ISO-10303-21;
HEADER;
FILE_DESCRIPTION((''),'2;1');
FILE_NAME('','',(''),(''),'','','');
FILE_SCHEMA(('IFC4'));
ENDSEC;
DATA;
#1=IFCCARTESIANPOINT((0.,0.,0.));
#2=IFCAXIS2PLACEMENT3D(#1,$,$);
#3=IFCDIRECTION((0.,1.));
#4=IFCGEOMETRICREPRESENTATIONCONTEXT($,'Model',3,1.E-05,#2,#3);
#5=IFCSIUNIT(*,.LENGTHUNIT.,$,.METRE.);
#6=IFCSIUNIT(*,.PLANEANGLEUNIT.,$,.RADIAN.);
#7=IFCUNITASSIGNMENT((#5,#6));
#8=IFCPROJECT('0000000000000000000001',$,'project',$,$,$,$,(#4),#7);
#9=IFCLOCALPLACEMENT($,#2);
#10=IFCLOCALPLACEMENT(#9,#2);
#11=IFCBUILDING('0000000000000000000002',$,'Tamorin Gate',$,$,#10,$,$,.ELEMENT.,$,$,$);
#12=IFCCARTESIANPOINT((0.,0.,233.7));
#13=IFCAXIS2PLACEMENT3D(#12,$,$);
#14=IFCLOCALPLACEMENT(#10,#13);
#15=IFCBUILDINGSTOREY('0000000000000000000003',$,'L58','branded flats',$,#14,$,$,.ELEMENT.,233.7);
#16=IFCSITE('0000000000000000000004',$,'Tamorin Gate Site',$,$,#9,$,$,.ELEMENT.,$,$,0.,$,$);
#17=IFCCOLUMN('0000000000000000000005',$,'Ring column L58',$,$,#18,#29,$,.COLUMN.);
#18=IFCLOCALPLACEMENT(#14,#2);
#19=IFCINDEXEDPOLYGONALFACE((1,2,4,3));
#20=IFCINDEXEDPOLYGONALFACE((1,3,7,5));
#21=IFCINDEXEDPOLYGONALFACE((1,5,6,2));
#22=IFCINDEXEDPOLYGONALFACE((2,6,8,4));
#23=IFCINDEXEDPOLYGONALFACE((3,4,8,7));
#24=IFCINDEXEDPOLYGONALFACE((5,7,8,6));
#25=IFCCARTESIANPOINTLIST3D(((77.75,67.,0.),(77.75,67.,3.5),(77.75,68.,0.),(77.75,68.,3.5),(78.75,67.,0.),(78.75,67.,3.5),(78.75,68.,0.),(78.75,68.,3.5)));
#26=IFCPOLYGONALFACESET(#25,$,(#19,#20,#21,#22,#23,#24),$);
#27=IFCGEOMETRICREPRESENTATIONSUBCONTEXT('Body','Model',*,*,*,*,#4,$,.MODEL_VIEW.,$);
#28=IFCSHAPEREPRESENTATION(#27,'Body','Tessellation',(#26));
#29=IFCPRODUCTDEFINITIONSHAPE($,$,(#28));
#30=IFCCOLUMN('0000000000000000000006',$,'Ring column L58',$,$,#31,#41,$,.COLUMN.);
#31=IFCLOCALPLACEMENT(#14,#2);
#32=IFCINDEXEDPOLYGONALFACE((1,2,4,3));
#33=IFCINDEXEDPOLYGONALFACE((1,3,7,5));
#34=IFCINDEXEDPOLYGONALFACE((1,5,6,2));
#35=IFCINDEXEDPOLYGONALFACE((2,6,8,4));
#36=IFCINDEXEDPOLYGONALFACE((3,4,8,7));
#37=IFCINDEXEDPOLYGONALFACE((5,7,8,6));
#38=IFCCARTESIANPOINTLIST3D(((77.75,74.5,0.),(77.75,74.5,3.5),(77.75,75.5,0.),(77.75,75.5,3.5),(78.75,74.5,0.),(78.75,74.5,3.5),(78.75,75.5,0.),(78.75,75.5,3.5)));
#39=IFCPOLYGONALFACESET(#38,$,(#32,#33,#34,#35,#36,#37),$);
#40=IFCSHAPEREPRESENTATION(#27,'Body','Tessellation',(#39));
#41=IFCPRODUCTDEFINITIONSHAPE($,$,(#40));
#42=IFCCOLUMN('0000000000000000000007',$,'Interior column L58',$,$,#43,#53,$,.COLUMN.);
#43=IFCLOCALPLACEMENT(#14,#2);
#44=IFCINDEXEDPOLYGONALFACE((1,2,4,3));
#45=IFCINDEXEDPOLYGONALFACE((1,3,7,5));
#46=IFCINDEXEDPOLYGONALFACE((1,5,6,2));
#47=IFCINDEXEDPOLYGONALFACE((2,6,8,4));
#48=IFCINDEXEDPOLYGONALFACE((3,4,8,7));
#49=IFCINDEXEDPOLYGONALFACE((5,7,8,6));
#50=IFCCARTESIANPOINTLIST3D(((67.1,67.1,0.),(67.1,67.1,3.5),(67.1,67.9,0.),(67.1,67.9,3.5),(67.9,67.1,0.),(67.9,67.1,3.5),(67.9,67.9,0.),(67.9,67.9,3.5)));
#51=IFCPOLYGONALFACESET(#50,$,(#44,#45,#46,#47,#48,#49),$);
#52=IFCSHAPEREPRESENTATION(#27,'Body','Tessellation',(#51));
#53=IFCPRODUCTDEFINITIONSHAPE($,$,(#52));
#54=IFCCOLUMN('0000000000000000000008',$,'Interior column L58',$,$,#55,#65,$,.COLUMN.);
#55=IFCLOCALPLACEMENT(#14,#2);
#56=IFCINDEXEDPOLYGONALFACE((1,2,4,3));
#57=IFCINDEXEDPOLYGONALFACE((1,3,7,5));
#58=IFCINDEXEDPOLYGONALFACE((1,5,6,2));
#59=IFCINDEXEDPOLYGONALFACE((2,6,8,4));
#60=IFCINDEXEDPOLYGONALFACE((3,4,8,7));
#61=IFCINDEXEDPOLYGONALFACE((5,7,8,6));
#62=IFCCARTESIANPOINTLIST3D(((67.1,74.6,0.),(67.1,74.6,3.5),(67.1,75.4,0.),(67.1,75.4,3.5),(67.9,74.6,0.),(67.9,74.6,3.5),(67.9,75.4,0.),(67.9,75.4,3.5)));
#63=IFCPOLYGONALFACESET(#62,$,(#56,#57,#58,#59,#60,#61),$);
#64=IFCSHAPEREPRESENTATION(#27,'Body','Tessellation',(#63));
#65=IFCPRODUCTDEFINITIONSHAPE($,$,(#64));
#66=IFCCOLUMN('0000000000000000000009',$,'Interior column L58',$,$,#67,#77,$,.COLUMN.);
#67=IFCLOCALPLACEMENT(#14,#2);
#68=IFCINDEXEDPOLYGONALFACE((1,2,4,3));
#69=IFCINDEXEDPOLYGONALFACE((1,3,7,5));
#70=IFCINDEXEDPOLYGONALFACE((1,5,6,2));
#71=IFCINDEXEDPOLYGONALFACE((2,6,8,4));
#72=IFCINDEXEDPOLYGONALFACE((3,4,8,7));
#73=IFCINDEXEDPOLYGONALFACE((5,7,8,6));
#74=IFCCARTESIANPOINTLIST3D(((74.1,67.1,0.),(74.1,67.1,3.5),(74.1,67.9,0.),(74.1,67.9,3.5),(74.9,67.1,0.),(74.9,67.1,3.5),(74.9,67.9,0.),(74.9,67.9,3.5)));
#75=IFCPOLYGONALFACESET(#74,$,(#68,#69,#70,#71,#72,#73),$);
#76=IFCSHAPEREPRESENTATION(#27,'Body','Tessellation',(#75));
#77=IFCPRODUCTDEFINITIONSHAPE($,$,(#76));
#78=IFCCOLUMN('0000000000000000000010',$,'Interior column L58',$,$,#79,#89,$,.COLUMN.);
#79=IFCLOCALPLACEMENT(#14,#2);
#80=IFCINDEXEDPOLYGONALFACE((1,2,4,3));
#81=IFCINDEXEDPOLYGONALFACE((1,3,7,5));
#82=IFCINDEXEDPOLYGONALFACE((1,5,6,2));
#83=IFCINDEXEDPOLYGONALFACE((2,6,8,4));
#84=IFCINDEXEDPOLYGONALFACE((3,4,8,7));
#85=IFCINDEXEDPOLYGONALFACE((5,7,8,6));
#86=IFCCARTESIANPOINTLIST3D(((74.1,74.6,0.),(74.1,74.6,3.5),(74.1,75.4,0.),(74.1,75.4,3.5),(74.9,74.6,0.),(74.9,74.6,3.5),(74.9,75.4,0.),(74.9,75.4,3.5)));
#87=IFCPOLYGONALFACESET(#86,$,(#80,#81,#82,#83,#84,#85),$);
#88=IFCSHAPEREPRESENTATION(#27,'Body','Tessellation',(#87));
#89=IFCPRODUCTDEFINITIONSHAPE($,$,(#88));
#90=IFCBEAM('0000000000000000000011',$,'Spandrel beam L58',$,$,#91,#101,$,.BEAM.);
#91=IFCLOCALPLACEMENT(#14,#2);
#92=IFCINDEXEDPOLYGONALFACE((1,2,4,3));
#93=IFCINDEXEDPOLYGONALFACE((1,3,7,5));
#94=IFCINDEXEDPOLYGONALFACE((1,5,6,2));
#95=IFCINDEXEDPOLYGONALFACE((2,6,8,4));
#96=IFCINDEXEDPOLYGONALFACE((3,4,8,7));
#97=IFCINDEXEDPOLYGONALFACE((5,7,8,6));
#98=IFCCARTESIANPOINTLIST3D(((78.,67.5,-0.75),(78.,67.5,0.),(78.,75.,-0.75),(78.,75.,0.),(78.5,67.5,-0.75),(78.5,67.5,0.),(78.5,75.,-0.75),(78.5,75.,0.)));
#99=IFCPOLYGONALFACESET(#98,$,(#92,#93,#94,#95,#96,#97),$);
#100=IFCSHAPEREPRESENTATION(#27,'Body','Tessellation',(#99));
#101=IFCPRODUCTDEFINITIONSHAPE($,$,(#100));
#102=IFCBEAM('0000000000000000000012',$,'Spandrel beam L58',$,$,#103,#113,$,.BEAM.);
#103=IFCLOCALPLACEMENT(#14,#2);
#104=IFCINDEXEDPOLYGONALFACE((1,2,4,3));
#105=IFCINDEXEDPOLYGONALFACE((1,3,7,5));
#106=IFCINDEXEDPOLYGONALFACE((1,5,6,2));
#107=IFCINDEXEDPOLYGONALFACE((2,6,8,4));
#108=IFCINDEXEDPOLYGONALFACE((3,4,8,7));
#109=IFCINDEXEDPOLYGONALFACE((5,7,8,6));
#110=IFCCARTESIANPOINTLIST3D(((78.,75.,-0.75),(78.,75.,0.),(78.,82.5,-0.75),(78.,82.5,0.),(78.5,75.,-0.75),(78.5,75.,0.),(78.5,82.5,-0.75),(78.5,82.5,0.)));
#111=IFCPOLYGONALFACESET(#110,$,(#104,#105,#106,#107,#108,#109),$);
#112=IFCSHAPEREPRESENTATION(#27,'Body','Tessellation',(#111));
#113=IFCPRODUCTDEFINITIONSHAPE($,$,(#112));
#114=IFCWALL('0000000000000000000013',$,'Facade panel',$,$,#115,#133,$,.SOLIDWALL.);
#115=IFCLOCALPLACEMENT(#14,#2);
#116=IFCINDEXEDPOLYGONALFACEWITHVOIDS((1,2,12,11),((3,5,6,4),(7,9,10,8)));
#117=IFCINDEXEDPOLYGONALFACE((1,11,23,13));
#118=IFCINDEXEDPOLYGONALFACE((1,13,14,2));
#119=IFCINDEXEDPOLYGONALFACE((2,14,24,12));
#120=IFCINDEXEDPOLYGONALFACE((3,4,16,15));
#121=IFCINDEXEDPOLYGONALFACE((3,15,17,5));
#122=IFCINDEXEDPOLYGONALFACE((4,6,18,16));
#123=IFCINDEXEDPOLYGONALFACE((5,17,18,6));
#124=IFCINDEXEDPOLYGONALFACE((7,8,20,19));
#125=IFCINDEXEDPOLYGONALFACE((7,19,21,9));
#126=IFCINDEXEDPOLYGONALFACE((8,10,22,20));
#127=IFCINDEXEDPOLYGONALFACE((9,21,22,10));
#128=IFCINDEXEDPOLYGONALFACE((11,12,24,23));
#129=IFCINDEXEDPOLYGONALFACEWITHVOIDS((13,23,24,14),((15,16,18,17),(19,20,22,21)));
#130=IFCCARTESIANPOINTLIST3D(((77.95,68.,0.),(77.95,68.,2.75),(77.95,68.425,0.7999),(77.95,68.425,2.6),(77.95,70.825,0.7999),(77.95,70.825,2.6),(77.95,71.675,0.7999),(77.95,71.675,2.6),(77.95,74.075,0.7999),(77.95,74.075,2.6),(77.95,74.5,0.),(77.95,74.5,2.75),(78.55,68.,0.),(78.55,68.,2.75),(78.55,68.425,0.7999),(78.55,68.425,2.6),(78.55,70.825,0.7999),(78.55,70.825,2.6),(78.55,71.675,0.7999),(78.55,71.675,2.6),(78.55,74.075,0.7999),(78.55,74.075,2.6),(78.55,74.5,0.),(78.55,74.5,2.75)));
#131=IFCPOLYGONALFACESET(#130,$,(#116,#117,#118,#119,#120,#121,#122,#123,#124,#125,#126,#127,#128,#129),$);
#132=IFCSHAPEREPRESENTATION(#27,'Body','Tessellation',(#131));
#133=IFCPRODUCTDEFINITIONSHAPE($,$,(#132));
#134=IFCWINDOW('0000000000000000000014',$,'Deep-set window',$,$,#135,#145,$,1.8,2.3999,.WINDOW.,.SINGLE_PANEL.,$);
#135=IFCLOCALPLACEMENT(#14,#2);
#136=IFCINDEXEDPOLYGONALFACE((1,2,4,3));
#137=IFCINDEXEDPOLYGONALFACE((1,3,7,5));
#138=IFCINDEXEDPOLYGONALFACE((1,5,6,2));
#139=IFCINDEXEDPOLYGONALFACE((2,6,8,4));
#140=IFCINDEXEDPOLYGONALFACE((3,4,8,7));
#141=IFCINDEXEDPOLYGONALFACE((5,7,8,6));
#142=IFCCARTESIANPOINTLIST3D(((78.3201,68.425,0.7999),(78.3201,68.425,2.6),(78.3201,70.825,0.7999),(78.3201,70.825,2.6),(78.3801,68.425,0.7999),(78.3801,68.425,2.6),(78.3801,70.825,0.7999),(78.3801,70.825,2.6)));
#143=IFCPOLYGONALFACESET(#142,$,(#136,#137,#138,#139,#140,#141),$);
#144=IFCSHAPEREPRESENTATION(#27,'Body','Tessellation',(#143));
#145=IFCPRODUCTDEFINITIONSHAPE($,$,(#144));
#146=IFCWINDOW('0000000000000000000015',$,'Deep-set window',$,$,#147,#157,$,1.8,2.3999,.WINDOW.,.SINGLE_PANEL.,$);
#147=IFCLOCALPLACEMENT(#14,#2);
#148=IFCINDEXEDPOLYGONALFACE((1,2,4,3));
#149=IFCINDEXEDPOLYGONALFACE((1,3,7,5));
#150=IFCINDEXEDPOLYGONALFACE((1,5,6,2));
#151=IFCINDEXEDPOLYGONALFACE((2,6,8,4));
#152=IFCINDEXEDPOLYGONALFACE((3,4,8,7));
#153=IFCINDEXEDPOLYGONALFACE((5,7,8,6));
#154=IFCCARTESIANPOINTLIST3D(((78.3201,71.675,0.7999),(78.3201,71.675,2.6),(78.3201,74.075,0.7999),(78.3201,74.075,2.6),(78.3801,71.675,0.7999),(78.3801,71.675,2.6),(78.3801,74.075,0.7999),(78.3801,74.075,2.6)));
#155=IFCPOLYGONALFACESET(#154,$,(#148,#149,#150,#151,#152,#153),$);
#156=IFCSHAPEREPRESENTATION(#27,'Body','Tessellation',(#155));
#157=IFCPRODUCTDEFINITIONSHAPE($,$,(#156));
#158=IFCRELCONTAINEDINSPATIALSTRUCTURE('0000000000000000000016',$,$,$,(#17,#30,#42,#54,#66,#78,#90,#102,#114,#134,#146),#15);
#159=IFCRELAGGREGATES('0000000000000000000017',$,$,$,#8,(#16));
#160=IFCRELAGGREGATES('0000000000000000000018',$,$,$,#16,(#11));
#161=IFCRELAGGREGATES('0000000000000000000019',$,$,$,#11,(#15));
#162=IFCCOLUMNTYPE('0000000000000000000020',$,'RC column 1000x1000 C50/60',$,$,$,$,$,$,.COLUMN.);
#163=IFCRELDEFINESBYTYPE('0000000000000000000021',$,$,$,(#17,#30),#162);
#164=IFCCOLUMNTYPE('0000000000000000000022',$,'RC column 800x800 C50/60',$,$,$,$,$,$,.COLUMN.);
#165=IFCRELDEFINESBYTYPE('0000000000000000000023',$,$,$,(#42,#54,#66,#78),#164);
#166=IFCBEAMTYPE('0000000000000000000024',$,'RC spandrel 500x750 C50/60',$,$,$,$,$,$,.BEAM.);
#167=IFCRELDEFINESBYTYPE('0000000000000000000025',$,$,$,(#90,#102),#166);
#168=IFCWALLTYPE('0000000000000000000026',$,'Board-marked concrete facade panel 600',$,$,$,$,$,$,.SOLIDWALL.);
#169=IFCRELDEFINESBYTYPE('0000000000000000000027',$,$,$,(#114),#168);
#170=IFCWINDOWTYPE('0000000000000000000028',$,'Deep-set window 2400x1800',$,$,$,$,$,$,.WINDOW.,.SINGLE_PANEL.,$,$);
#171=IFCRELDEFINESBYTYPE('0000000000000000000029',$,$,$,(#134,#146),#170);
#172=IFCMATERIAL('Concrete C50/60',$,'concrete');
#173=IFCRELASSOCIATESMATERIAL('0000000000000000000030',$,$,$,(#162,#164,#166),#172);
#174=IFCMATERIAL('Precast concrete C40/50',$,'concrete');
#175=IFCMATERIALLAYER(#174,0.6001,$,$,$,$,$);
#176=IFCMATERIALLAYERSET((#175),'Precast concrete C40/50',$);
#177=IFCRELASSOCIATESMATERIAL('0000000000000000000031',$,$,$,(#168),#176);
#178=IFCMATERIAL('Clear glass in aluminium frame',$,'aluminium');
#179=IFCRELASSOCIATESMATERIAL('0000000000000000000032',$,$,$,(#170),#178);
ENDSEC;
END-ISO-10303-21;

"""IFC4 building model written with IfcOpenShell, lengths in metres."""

from ifc_helpers import new_model, si_unit, direction, frame, frame_2d, origin, origin_2d, place, context, subcontext, project, spatial, rectangle, extrude, material, layer, layer_set, material_profile, profile_set, type_object, element, fill, save


model = new_model("IFC4")

# Units and contexts
model_context = context("Model", 3, precision=1e-05, world=origin(), true_north=direction((0.0, 1.0)))
body_context = subcontext(model_context, "Body", "Model", "MODEL_VIEW")
ifc_project = project(units=[si_unit("LENGTHUNIT", "METRE"), si_unit("PLANEANGLEUNIT", "RADIAN")], contexts=[model_context])

# Site, building, storey
site_placement = place(None, origin())
site = spatial("IfcSite", under=ifc_project, at=site_placement, Name="Tamorin Gate Site", CompositionType="ELEMENT", RefElevation=0.0)
building_placement = place(site_placement, origin())
building = spatial("IfcBuilding", under=site, at=building_placement, Name="Tamorin Gate", CompositionType="ELEMENT")
storey_placement = place(building_placement, frame((0.0, 0.0, 233.7)))
storey = spatial("IfcBuildingStorey", under=building, at=storey_placement, Name="L58", Description="branded flats", CompositionType="ELEMENT", Elevation=233.7)

# Columns
ifc_material_1 = material(Name="Concrete C50/60", Category="concrete")
ifc_material_profile_1 = material_profile(ifc_material_1, rectangle(XDim=1.0, YDim=1.0, at=origin_2d()), Name="RC 1000x1000")
ifc_profile_set_1 = profile_set([ifc_material_profile_1], Name="Concrete C50/60")
column_type_1 = type_object("IfcColumnType", Name="RC column 1000x1000 C50/60", PredefinedType="COLUMN", material=ifc_profile_set_1)
for number, where, z_axis, x_axis, name in (
    (1, (78.25, 67.5, 0.0), (0.0, 0.0, 1.0), (1.0, 0.0, 0.0), "Ring column L58"),
    (2, (78.25, 75.0, 0.0), (0.0, 0.0, 1.0), (1.0, 0.0, 0.0), "Ring column L58"),
):
    element("IfcColumn", number, at=place(storey_placement, frame(where, z_axis=z_axis, x_axis=x_axis)), inside=storey, type_object=column_type_1, Name=name, PredefinedType="COLUMN", context=body_context, shape_type="SweptSolid", body=[
        extrude(rectangle(XDim=1.0, YDim=1.0, at=origin_2d()), origin(), (0.0, 0.0, 1.0), 3.5),
    ])
ifc_material_profile_2 = material_profile(ifc_material_1, rectangle(XDim=0.8, YDim=0.8, at=origin_2d()), Name="RC 800x800")
ifc_profile_set_2 = profile_set([ifc_material_profile_2], Name="Concrete C50/60")
column_type_2 = type_object("IfcColumnType", Name="RC column 800x800 C50/60", PredefinedType="COLUMN", material=ifc_profile_set_2)
for number, where, z_axis, x_axis, name in (
    (3, (67.5, 67.5, 0.0), (0.0, 0.0, 1.0), (1.0, 0.0, 0.0), "Interior column L58"),
    (4, (67.5, 75.0, 0.0), (0.0, 0.0, 1.0), (1.0, 0.0, 0.0), "Interior column L58"),
    (5, (74.5, 67.5, 0.0), (0.0, 0.0, 1.0), (1.0, 0.0, 0.0), "Interior column L58"),
    (6, (74.5, 75.0, 0.0), (0.0, 0.0, 1.0), (1.0, 0.0, 0.0), "Interior column L58"),
):
    element("IfcColumn", number, at=place(storey_placement, frame(where, z_axis=z_axis, x_axis=x_axis)), inside=storey, type_object=column_type_2, Name=name, PredefinedType="COLUMN", context=body_context, shape_type="SweptSolid", body=[
        extrude(rectangle(XDim=0.8, YDim=0.8, at=origin_2d()), origin(), (0.0, 0.0, 1.0), 3.5),
    ])

# Beams
ifc_material_profile_3 = material_profile(ifc_material_1, rectangle(XDim=0.5, YDim=0.75, at=origin_2d()), Name="RC 500x750")
ifc_profile_set_3 = profile_set([ifc_material_profile_3], Name="Concrete C50/60")
beam_type = type_object("IfcBeamType", Name="RC spandrel 500x750 C50/60", PredefinedType="BEAM", material=ifc_profile_set_3)
for number, where, z_axis, x_axis, name in (
    (7, (78.25, 67.5, -0.375), (0.0, 1.0, 0.0), (-1.0, 0.0, 0.0), "Spandrel beam L58"),
    (8, (78.25, 75.0, -0.375), (0.0, 1.0, 0.0), (-1.0, 0.0, 0.0), "Spandrel beam L58"),
):
    element("IfcBeam", number, at=place(storey_placement, frame(where, z_axis=z_axis, x_axis=x_axis)), inside=storey, type_object=beam_type, Name=name, PredefinedType="BEAM", context=body_context, shape_type="SweptSolid", body=[
        extrude(rectangle(XDim=0.5, YDim=0.75, at=origin_2d()), origin(), (0.0, 0.0, 1.0), 7.5),
    ])

# Wall, openings, windows
ifc_material_2 = material(Name="Precast concrete C40/50", Category="concrete")
ifc_layer_1 = layer(ifc_material_2, 0.6001)
ifc_layer_set_1 = layer_set([ifc_layer_1], Name="Precast concrete C40/50")
wall_type_1 = type_object("IfcWallType", Name="Board-marked concrete facade panel 600", PredefinedType="SOLIDWALL", material=ifc_layer_set_1)
wall_1_placement = place(storey_placement, frame((78.25, 68.0, 0.0), z_axis=(0.0, 0.0, 1.0), x_axis=(0.0, 1.0, 0.0)))
wall_1 = element("IfcWall", 9, at=wall_1_placement, inside=storey, type_object=wall_type_1, Name="Facade panel", PredefinedType="SOLIDWALL", context=body_context, shape_type="SweptSolid", body=[
    extrude(rectangle(XDim=6.5, YDim=0.6001, at=frame_2d((3.25, 0.0))), origin(), (0.0, 0.0, 1.0), 2.75),
])
opening_1_placement = place(wall_1_placement, frame((0.425, 0.0, 0.8)))
opening_1 = element("IfcOpeningElement", 10, at=opening_1_placement, cuts=wall_1, PredefinedType="OPENING", context=body_context, shape_type="SweptSolid", body=[
    extrude(rectangle(XDim=2.3999, YDim=1.8, at=frame_2d((1.2, 0.8999))), frame((0.0, 0.3101, 0.0), z_axis=(0.0, -1.0, 0.0), x_axis=(1.0, 0.0, 0.0)), (0.0, 0.0, 1.0), 0.6201),
])
opening_2_placement = place(wall_1_placement, frame((3.675, 0.0, 0.8)))
opening_2 = element("IfcOpeningElement", 11, at=opening_2_placement, cuts=wall_1, PredefinedType="OPENING", context=body_context, shape_type="SweptSolid", body=[
    extrude(rectangle(XDim=2.3999, YDim=1.8, at=frame_2d((1.2, 0.8999))), frame((0.0, 0.3101, 0.0), z_axis=(0.0, -1.0, 0.0), x_axis=(1.0, 0.0, 0.0)), (0.0, 0.0, 1.0), 0.6201),
])
ifc_material_3 = material(Name="Clear glass in aluminium frame", Category="aluminium")
window_type = type_object("IfcWindowType", Name="Deep-set window 2400x1800", PartitioningType="SINGLE_PANEL", PredefinedType="WINDOW", material=ifc_material_3)
window_1_placement = place(opening_1_placement, origin())
window_1 = element("IfcWindow", 12, at=window_1_placement, inside=storey, type_object=window_type, Name="Deep-set window", OverallHeight=1.8, OverallWidth=2.3999, PartitioningType="SINGLE_PANEL", PredefinedType="WINDOW", context=body_context, shape_type="SweptSolid", body=[
    extrude(rectangle(XDim=2.3999, YDim=1.8, at=frame_2d((1.2, 0.8999))), frame((0.0, -0.0701, 0.0), z_axis=(0.0, -1.0, 0.0), x_axis=(1.0, 0.0, 0.0)), (0.0, 0.0, 1.0), 0.0601),
])
fill(opening_1, window_1)
window_2_placement = place(opening_2_placement, origin())
window_2 = element("IfcWindow", 13, at=window_2_placement, inside=storey, type_object=window_type, Name="Deep-set window", OverallHeight=1.8, OverallWidth=2.3999, PartitioningType="SINGLE_PANEL", PredefinedType="WINDOW", context=body_context, shape_type="SweptSolid", body=[
    extrude(rectangle(XDim=2.3999, YDim=1.8, at=frame_2d((1.2, 0.8999))), frame((0.0, -0.0701, 0.0), z_axis=(0.0, -1.0, 0.0), x_axis=(1.0, 0.0, 0.0)), (0.0, 0.0, 1.0), 0.0601),
])
fill(opening_2, window_2)

save(model, "model.ifc")
